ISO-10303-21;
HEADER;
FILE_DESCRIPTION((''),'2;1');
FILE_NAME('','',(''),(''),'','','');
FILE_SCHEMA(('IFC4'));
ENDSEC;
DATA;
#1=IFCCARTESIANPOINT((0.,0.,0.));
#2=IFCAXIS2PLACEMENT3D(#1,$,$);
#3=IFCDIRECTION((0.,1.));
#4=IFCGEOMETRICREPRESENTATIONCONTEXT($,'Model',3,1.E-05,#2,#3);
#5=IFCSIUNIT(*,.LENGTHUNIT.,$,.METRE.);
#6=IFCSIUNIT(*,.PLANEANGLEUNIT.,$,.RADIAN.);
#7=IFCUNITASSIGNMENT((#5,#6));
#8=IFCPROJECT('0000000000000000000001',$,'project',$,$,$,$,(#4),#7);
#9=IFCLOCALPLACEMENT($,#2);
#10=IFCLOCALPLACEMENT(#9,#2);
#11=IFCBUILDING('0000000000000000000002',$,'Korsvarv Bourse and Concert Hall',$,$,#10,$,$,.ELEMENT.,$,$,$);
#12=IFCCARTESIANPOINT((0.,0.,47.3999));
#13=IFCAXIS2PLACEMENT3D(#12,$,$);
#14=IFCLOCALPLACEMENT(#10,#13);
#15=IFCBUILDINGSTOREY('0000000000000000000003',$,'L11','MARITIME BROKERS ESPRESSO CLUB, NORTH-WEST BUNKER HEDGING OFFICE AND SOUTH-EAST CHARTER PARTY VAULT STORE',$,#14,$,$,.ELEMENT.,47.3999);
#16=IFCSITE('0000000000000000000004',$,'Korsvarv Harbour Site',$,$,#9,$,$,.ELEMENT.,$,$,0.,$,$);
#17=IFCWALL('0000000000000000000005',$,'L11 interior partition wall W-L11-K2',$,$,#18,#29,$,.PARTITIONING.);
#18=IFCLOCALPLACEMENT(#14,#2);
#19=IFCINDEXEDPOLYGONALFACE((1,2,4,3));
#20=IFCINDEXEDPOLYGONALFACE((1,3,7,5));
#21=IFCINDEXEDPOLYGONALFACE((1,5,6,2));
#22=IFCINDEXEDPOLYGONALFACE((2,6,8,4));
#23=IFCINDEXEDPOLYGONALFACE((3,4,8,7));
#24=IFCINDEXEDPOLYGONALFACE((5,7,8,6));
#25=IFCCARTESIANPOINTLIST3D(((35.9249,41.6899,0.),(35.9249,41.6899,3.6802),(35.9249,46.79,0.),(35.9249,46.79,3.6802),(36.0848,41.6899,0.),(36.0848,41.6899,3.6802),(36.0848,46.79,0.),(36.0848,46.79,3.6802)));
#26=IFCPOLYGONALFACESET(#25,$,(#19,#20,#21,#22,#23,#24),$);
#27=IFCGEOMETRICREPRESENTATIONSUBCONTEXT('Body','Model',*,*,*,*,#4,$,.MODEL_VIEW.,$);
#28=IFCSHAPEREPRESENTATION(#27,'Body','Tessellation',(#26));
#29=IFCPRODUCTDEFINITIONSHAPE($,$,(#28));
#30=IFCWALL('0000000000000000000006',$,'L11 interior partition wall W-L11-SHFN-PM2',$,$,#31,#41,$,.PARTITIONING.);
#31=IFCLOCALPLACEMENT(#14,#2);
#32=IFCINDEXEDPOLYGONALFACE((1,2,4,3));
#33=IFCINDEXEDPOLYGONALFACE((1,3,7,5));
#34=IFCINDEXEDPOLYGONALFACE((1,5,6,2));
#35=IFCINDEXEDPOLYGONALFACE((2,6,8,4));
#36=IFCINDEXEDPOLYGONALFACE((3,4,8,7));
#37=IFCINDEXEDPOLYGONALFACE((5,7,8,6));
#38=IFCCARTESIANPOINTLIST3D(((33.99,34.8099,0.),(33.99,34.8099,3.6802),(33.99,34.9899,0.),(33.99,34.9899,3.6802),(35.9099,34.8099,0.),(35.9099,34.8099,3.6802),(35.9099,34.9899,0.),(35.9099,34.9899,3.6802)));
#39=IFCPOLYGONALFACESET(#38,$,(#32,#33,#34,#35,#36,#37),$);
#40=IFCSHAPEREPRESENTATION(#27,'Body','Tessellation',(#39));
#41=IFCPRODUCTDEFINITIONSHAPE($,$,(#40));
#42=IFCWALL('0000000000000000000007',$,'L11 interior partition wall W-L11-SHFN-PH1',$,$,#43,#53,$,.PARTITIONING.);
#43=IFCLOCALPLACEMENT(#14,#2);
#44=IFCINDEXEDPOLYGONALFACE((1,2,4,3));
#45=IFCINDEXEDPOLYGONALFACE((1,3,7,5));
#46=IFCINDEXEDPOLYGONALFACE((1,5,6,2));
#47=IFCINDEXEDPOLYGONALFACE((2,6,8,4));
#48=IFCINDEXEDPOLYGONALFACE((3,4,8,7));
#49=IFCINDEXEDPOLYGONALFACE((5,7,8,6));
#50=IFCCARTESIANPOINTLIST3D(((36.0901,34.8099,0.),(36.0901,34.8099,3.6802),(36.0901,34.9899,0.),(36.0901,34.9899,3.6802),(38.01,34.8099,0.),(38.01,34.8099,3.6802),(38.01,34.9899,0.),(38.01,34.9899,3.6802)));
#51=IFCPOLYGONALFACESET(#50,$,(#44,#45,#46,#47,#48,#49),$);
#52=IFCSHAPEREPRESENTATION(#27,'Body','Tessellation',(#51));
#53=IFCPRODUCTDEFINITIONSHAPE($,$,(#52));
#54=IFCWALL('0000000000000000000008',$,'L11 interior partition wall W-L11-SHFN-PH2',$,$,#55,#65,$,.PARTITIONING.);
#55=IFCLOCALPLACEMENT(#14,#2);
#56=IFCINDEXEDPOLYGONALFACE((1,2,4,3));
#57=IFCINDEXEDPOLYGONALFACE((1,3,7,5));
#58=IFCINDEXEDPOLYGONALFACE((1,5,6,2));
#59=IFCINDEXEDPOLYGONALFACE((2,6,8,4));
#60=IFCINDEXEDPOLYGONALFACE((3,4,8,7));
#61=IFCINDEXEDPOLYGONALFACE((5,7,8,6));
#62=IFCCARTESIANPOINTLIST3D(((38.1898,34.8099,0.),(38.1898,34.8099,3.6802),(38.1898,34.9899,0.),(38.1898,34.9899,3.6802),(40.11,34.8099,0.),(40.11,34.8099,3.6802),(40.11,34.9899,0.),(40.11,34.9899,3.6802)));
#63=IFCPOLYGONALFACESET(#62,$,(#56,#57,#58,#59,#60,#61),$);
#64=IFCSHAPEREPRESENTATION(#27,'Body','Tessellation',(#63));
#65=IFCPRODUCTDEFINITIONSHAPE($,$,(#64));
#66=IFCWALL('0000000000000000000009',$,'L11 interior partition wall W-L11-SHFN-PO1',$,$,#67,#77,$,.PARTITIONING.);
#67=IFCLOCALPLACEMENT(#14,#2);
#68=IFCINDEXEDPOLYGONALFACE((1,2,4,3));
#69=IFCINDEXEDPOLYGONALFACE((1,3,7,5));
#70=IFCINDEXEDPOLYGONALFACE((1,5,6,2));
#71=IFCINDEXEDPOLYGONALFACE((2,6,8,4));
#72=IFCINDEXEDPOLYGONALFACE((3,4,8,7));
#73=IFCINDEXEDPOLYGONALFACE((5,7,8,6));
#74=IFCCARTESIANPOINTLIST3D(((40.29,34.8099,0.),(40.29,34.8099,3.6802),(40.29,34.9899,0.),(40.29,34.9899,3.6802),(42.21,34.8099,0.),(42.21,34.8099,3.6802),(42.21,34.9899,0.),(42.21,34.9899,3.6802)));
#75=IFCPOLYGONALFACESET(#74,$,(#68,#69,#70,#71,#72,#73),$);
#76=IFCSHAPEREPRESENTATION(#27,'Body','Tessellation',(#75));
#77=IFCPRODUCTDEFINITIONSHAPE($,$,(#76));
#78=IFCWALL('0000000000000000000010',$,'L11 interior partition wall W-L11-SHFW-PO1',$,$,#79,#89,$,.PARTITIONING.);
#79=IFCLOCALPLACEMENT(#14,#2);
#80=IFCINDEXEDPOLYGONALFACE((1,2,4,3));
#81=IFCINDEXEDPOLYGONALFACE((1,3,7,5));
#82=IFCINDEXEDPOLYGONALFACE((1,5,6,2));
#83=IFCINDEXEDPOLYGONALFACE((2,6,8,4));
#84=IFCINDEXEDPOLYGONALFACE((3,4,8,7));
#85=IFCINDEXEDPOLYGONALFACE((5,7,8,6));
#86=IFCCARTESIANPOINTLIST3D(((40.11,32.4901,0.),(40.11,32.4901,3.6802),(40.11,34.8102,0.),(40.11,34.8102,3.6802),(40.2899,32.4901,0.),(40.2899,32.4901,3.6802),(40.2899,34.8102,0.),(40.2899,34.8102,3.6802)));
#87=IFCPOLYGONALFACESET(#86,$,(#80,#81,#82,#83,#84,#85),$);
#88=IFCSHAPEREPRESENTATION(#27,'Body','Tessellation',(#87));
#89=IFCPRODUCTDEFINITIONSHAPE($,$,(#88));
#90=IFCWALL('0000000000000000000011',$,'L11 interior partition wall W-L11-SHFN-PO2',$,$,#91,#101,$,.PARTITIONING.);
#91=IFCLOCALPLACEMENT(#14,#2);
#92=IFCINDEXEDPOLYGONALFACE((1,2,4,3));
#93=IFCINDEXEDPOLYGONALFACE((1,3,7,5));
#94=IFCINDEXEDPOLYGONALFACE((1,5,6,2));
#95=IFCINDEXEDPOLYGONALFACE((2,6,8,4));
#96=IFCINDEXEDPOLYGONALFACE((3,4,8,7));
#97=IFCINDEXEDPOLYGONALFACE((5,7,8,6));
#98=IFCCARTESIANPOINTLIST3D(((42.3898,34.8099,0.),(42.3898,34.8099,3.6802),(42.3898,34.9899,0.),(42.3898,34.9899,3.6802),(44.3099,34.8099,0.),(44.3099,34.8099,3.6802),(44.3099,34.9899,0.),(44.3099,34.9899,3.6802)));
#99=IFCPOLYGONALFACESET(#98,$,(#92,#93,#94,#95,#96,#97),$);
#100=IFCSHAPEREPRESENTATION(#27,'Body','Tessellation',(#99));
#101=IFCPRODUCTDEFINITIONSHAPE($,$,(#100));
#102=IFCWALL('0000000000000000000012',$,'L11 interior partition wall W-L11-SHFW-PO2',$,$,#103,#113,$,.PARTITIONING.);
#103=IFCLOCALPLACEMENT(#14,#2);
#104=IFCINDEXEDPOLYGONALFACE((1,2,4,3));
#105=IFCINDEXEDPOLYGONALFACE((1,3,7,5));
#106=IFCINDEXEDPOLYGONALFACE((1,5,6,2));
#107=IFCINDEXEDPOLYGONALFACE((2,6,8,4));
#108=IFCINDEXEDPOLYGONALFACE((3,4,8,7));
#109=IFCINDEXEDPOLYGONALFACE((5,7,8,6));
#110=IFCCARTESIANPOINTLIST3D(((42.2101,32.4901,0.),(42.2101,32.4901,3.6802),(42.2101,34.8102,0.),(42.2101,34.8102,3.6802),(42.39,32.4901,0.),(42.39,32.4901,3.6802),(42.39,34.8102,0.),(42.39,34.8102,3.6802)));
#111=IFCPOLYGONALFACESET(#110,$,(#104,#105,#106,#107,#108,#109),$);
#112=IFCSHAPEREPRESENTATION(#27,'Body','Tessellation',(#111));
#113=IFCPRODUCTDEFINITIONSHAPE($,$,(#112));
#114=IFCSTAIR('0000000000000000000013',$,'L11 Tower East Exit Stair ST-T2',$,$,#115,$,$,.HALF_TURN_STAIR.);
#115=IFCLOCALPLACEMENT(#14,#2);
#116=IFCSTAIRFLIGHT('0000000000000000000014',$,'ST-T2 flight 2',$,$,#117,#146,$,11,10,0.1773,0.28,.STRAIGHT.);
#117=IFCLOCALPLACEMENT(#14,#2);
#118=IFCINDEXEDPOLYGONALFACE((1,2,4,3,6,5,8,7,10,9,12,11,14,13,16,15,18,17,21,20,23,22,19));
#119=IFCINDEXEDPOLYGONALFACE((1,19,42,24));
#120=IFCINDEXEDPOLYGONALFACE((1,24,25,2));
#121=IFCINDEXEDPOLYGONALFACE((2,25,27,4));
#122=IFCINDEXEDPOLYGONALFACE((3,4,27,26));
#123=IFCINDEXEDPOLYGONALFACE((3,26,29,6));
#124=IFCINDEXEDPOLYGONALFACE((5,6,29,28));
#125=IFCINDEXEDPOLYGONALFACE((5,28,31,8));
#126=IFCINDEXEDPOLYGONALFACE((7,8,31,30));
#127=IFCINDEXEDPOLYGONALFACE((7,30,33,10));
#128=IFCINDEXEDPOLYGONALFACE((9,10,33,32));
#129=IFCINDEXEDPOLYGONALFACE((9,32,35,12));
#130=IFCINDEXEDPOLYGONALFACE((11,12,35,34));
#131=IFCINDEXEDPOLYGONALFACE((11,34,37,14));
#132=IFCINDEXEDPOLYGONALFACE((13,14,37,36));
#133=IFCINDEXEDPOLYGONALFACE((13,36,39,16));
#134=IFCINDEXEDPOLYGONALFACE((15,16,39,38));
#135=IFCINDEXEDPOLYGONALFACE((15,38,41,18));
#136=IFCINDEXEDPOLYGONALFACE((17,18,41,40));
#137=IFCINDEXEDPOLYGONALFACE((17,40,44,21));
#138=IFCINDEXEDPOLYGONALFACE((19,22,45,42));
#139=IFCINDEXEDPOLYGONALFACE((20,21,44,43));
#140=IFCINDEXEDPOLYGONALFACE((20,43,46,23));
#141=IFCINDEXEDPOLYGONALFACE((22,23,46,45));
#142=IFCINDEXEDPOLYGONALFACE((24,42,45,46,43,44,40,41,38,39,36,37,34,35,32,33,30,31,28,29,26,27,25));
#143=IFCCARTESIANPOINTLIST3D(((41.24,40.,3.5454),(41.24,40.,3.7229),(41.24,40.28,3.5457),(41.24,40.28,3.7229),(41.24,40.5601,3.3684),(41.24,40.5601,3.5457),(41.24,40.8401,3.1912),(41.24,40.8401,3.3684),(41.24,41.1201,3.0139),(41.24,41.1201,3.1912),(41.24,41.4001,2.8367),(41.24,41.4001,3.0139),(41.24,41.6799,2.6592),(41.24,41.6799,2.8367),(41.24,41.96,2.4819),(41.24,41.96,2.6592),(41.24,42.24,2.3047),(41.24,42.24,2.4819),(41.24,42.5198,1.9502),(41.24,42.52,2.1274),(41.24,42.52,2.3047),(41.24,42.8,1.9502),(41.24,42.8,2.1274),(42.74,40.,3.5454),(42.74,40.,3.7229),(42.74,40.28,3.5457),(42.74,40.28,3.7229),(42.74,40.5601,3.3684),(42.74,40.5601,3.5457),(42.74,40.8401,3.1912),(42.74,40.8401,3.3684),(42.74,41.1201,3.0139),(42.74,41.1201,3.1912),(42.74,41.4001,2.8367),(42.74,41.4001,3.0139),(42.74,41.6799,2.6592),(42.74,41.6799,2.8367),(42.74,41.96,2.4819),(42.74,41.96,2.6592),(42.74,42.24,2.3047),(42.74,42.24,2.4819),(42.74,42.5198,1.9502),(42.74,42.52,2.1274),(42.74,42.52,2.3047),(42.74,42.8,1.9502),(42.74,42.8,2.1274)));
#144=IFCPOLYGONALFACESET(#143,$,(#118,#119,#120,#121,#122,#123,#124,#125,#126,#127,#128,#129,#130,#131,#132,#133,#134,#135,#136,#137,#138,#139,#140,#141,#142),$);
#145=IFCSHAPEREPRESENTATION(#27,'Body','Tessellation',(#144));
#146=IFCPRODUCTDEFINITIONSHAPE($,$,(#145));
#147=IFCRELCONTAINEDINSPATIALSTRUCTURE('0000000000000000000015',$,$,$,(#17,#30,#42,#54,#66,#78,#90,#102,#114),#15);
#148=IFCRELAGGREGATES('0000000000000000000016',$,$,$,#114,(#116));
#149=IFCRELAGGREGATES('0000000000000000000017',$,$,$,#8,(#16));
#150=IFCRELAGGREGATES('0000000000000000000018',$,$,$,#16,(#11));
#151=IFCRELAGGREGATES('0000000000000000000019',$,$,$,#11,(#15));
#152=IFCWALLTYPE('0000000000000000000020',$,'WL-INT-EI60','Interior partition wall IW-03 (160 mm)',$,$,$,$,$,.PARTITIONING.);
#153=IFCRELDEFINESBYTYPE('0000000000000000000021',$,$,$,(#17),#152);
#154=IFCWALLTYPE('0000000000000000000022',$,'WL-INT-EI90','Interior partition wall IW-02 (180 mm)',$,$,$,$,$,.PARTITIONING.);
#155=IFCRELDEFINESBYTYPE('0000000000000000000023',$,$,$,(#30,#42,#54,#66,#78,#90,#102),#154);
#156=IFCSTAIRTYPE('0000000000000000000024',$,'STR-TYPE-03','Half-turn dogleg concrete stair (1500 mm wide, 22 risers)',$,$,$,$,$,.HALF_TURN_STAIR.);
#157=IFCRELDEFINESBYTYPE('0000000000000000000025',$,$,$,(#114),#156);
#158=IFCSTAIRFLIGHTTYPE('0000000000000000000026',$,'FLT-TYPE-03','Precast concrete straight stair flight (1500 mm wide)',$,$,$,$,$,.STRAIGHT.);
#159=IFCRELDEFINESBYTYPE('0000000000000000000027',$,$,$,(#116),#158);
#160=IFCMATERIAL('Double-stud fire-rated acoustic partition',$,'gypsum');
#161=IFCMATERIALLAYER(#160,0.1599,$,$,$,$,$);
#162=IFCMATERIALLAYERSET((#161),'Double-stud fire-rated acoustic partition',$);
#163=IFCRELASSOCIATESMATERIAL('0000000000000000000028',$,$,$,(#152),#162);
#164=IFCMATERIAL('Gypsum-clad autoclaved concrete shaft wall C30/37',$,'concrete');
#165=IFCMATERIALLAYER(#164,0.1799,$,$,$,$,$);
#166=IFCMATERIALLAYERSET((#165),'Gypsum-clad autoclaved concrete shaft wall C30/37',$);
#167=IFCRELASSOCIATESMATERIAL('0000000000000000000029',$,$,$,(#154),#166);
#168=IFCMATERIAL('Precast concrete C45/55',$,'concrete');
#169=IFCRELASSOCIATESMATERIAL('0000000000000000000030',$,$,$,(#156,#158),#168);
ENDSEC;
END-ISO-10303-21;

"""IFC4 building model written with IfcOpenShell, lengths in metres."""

from ifc_helpers import new_model, si_unit, direction, frame, frame_2d, origin, place, context, subcontext, project, spatial, polyline, rectangle, outline, extrude, material, layer, layer_set, type_object, element, aggregate, save


model = new_model("IFC4")

# Units and contexts
model_context = context("Model", 3, precision=1e-05, world=origin(), true_north=direction((0.0, 1.0)))
body_context = subcontext(model_context, "Body", "Model", "MODEL_VIEW")
ifc_project = project(units=[si_unit("LENGTHUNIT", "METRE"), si_unit("PLANEANGLEUNIT", "RADIAN")], contexts=[model_context])

# Site, building, storey
site_placement = place(None, origin())
site = spatial("IfcSite", under=ifc_project, at=site_placement, Name="Korsvarv Harbour Site", CompositionType="ELEMENT", RefElevation=0.0)
building_placement = place(site_placement, origin())
building = spatial("IfcBuilding", under=site, at=building_placement, Name="Korsvarv Bourse and Concert Hall", CompositionType="ELEMENT")
storey_placement = place(building_placement, frame((0.0, 0.0, 47.3999)))
storey = spatial("IfcBuildingStorey", under=building, at=storey_placement, Name="L11", Description="MARITIME BROKERS ESPRESSO CLUB, NORTH-WEST BUNKER HEDGING OFFICE AND SOUTH-EAST CHARTER PARTY VAULT STORE", CompositionType="ELEMENT", Elevation=47.3999)

# Walls
ifc_material_1 = material(Name="Double-stud fire-rated acoustic partition", Category="gypsum")
ifc_layer_1 = layer(ifc_material_1, 0.1599)
ifc_layer_set_1 = layer_set([ifc_layer_1], Name="Double-stud fire-rated acoustic partition")
wall_type_1 = type_object("IfcWallType", Name="WL-INT-EI60", Description="Interior partition wall IW-03 (160 mm)", PredefinedType="PARTITIONING", material=ifc_layer_set_1)
wall_1_placement = place(storey_placement, frame((36.0049, 41.6899, 0.0), z_axis=(0.0, 0.0, 1.0), x_axis=(0.0, 1.0, 0.0)))
element("IfcWall", 1, at=wall_1_placement, inside=storey, type_object=wall_type_1, Name="L11 interior partition wall W-L11-K2", PredefinedType="PARTITIONING", context=body_context, shape_type="SweptSolid", body=[
    extrude(rectangle(XDim=5.1001, YDim=0.1599, at=frame_2d((2.55, 0.0))), origin(), (0.0, 0.0, 1.0), 3.6802),
])
ifc_material_2 = material(Name="Gypsum-clad autoclaved concrete shaft wall C30/37", Category="concrete")
ifc_layer_2 = layer(ifc_material_2, 0.1799)
ifc_layer_set_2 = layer_set([ifc_layer_2], Name="Gypsum-clad autoclaved concrete shaft wall C30/37")
wall_type_2 = type_object("IfcWallType", Name="WL-INT-EI90", Description="Interior partition wall IW-02 (180 mm)", PredefinedType="PARTITIONING", material=ifc_layer_set_2)
for number, where, z_axis, x_axis, name in (
    (2, (33.99, 34.8999, 0.0), (0.0, 0.0, 1.0), (1.0, 0.0, 0.0), "L11 interior partition wall W-L11-SHFN-PM2"),
    (3, (36.0901, 34.8999, 0.0), (0.0, 0.0, 1.0), (1.0, 0.0, 0.0), "L11 interior partition wall W-L11-SHFN-PH1"),
):
    element("IfcWall", number, at=place(storey_placement, frame(where, z_axis=z_axis, x_axis=x_axis)), inside=storey, type_object=wall_type_2, Name=name, PredefinedType="PARTITIONING", context=body_context, shape_type="SweptSolid", body=[
        extrude(rectangle(XDim=1.9199, YDim=0.1799, at=frame_2d((0.96, 0.0))), origin(), (0.0, 0.0, 1.0), 3.6802),
    ])
wall_2_placement = place(storey_placement, frame((38.1899, 34.8999, 0.0), z_axis=(0.0, 0.0, 1.0), x_axis=(1.0, 0.0, 0.0)))
element("IfcWall", 4, at=wall_2_placement, inside=storey, type_object=wall_type_2, Name="L11 interior partition wall W-L11-SHFN-PH2", PredefinedType="PARTITIONING", context=body_context, shape_type="SweptSolid", body=[
    extrude(rectangle(XDim=1.9202, YDim=0.1799, at=frame_2d((0.96, 0.0))), origin(), (0.0, 0.0, 1.0), 3.6802),
])
wall_3_placement = place(storey_placement, frame((40.29, 34.8999, 0.0), z_axis=(0.0, 0.0, 1.0), x_axis=(1.0, 0.0, 0.0)))
element("IfcWall", 5, at=wall_3_placement, inside=storey, type_object=wall_type_2, Name="L11 interior partition wall W-L11-SHFN-PO1", PredefinedType="PARTITIONING", context=body_context, shape_type="SweptSolid", body=[
    extrude(rectangle(XDim=1.9199, YDim=0.1799, at=frame_2d((0.96, 0.0))), origin(), (0.0, 0.0, 1.0), 3.6802),
])
wall_4_placement = place(storey_placement, frame((40.2, 32.49, 0.0), z_axis=(0.0, 0.0, 1.0), x_axis=(0.0, 1.0, 0.0)))
element("IfcWall", 6, at=wall_4_placement, inside=storey, type_object=wall_type_2, Name="L11 interior partition wall W-L11-SHFW-PO1", PredefinedType="PARTITIONING", context=body_context, shape_type="SweptSolid", body=[
    extrude(rectangle(XDim=2.3201, YDim=0.1799, at=frame_2d((1.1602, 0.0))), origin(), (0.0, 0.0, 1.0), 3.6802),
])
wall_5_placement = place(storey_placement, frame((42.3899, 34.8999, 0.0), z_axis=(0.0, 0.0, 1.0), x_axis=(1.0, 0.0, 0.0)))
element("IfcWall", 7, at=wall_5_placement, inside=storey, type_object=wall_type_2, Name="L11 interior partition wall W-L11-SHFN-PO2", PredefinedType="PARTITIONING", context=body_context, shape_type="SweptSolid", body=[
    extrude(rectangle(XDim=1.9202, YDim=0.1799, at=frame_2d((0.96, 0.0))), origin(), (0.0, 0.0, 1.0), 3.6802),
])
wall_6_placement = place(storey_placement, frame((42.3, 32.49, 0.0), z_axis=(0.0, 0.0, 1.0), x_axis=(0.0, 1.0, 0.0)))
element("IfcWall", 8, at=wall_6_placement, inside=storey, type_object=wall_type_2, Name="L11 interior partition wall W-L11-SHFW-PO2", PredefinedType="PARTITIONING", context=body_context, shape_type="SweptSolid", body=[
    extrude(rectangle(XDim=2.3201, YDim=0.1799, at=frame_2d((1.1602, 0.0))), origin(), (0.0, 0.0, 1.0), 3.6802),
])

# Stair, stair flight
ifc_material_3 = material(Name="Precast concrete C45/55", Category="concrete")
stair_type = type_object("IfcStairType", Name="STR-TYPE-03", Description="Half-turn dogleg concrete stair (1500 mm wide, 22 risers)", PredefinedType="HALF_TURN_STAIR", material=ifc_material_3)
stair_placement = place(storey_placement, origin())
stair = element("IfcStair", 9, at=stair_placement, inside=storey, type_object=stair_type, Name="L11 Tower East Exit Stair ST-T2", PredefinedType="HALF_TURN_STAIR")
stair_flight_type = type_object("IfcStairFlightType", Name="FLT-TYPE-03", Description="Precast concrete straight stair flight (1500 mm wide)", PredefinedType="STRAIGHT", material=ifc_material_3)
stair_flight_placement = place(storey_placement, frame((41.99, 42.8, 1.9502), z_axis=(0.0, 0.0, 1.0), x_axis=(0.0, -1.0, 0.0)))
stair_flight = element("IfcStairFlight", 10, at=stair_flight_placement, type_object=stair_flight_type, Name="ST-T2 flight 2", NumberOfRisers=11, NumberOfTreads=10, PredefinedType="STRAIGHT", RiserHeight=0.1773, TreadLength=0.28, context=body_context, shape_type="SweptSolid", body=[
    extrude(outline(polyline([(0.0, 0.0), (0.0, 0.1772), (0.28, 0.1772), (0.28, 0.3545), (0.5601, 0.3545), (0.5601, 0.5317), (0.8401, 0.5317), (0.8401, 0.709), (1.1201, 0.709), (1.1201, 0.8865), (1.3999, 0.8865), (1.3999, 1.0637), (1.6799, 1.0637), (1.6799, 1.241), (1.96, 1.241), (1.96, 1.4182), (2.24, 1.4182), (2.24, 1.5955), (2.52, 1.5955), (2.52, 1.7727), (2.8, 1.7727), (2.8, 1.95), (2.8, 1.5952), (0.2803, 0.0), (0.0, 0.0)])), frame((0.0, 0.75, 0.0), z_axis=(0.0, -1.0, 0.0), x_axis=(1.0, 0.0, 0.0)), (0.0, 0.0, 1.0), 1.5),
])
aggregate(stair, [stair_flight])

save(model, "model.ifc")
